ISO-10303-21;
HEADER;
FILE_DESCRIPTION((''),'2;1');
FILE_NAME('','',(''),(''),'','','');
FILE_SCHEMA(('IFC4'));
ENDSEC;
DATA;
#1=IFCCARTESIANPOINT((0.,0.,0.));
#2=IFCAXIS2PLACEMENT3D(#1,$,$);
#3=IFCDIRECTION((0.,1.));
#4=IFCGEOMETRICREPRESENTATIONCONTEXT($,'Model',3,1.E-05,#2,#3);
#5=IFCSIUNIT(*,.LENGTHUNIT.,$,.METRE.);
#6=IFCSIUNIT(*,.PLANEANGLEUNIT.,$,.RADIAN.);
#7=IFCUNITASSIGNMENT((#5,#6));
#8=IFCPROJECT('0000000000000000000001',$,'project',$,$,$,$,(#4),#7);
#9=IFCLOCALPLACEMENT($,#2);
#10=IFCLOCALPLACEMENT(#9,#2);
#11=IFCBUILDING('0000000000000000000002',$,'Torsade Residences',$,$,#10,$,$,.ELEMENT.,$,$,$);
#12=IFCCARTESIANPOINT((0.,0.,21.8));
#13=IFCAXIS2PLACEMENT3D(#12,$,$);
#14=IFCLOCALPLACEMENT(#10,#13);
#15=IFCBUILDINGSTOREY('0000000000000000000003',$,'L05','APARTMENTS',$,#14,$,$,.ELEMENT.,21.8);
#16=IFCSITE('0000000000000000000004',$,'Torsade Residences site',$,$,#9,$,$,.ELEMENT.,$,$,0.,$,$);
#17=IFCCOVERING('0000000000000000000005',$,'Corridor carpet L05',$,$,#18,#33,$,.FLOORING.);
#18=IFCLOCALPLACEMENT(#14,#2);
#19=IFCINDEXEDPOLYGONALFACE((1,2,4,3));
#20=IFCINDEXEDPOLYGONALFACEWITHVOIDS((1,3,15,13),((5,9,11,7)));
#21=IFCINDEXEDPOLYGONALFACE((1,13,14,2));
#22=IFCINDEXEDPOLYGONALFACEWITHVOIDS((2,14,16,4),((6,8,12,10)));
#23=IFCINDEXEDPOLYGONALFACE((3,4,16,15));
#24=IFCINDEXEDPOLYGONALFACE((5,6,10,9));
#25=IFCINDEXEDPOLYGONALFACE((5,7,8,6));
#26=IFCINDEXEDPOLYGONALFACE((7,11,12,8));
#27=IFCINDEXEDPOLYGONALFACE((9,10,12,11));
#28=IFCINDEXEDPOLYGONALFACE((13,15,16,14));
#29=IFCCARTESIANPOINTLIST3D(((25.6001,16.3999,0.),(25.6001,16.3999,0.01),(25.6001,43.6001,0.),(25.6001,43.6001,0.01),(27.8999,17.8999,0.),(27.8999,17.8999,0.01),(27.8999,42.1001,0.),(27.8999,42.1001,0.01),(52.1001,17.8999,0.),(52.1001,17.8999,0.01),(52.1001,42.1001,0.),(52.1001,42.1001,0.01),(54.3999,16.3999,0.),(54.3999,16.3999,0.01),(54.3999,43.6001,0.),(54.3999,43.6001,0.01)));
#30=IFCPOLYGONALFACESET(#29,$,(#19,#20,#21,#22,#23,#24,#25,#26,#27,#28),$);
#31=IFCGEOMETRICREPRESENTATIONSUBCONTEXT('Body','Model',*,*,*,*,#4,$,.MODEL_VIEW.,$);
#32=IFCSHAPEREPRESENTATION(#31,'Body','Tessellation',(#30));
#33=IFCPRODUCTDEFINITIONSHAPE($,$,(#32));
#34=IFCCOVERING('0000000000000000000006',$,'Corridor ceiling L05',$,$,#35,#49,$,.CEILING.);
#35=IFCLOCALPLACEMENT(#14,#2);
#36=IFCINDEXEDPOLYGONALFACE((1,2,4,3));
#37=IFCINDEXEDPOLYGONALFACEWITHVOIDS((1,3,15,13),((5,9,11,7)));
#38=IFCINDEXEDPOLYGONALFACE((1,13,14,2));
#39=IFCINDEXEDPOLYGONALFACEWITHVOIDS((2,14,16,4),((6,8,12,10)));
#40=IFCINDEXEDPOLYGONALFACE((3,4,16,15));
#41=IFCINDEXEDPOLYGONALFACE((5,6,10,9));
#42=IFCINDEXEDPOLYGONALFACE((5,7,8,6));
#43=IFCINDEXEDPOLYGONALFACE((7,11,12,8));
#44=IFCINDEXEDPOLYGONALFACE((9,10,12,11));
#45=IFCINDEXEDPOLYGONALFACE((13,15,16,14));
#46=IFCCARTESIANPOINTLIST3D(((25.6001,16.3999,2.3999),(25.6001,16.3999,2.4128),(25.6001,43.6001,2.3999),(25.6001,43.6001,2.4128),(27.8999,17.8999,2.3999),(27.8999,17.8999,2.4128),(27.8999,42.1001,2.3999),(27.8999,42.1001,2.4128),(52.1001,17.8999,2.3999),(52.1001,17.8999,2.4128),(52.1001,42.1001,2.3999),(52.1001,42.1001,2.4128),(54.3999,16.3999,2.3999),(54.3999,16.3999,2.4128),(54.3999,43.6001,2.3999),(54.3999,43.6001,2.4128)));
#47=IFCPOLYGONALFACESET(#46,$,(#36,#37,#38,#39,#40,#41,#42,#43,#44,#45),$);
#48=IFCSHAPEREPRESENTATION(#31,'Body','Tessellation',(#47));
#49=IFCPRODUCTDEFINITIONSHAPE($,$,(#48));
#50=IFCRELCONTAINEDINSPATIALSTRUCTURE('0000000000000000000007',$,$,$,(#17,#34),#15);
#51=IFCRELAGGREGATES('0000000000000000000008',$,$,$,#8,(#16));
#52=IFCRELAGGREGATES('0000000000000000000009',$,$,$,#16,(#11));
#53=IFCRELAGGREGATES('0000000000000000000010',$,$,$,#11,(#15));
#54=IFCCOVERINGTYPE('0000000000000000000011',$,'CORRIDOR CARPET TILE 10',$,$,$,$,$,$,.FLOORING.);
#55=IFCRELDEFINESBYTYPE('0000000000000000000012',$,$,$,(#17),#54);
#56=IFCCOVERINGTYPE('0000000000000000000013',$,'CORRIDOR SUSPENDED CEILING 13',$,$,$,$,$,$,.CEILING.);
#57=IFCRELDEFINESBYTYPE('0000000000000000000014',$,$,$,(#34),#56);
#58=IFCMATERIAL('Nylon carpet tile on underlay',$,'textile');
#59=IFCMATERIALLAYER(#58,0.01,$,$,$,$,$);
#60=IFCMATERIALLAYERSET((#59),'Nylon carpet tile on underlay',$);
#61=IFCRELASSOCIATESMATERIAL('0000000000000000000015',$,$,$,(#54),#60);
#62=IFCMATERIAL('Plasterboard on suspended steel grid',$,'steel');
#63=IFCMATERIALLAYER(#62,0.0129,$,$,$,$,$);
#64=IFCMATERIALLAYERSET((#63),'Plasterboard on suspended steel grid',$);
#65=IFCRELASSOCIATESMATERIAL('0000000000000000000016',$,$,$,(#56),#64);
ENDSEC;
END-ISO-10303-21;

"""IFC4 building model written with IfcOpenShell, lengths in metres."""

from ifc_helpers import new_model, si_unit, direction, frame, origin, place, context, subcontext, project, spatial, polyline, outline, extrude, material, layer, layer_set, type_object, element, save


model = new_model("IFC4")

# Units and contexts
model_context = context("Model", 3, precision=1e-05, world=origin(), true_north=direction((0.0, 1.0)))
body_context = subcontext(model_context, "Body", "Model", "MODEL_VIEW")
ifc_project = project(units=[si_unit("LENGTHUNIT", "METRE"), si_unit("PLANEANGLEUNIT", "RADIAN")], contexts=[model_context])

# Site, building, storey
site_placement = place(None, origin())
site = spatial("IfcSite", under=ifc_project, at=site_placement, Name="Torsade Residences site", CompositionType="ELEMENT", RefElevation=0.0)
building_placement = place(site_placement, origin())
building = spatial("IfcBuilding", under=site, at=building_placement, Name="Torsade Residences", CompositionType="ELEMENT")
storey_placement = place(building_placement, frame((0.0, 0.0, 21.8)))
storey = spatial("IfcBuildingStorey", under=building, at=storey_placement, Name="L05", Description="APARTMENTS", CompositionType="ELEMENT", Elevation=21.8)

# Coverings
ifc_material_1 = material(Name="Nylon carpet tile on underlay", Category="textile")
ifc_layer_1 = layer(ifc_material_1, 0.01)
ifc_layer_set_1 = layer_set([ifc_layer_1], Name="Nylon carpet tile on underlay")
covering_type_1 = type_object("IfcCoveringType", Name="CORRIDOR CARPET TILE 10", PredefinedType="FLOORING", material=ifc_layer_set_1)
covering_1_placement = place(storey_placement, origin())
element("IfcCovering", 1, at=covering_1_placement, inside=storey, type_object=covering_type_1, Name="Corridor carpet L05", PredefinedType="FLOORING", context=body_context, shape_type="SweptSolid", body=[
    extrude(outline(polyline([(54.3999, 16.3999), (54.3999, 43.6001), (25.6001, 43.6001), (25.6001, 16.3999), (54.3999, 16.3999)]), holes=[polyline([(52.1001, 42.1001), (27.8999, 42.1001), (27.8999, 17.8999), (52.1001, 17.8999), (52.1001, 42.1001)])]), origin(), (0.0, 0.0, 1.0), 0.01),
])
ifc_material_2 = material(Name="Plasterboard on suspended steel grid", Category="steel")
ifc_layer_2 = layer(ifc_material_2, 0.0129)
ifc_layer_set_2 = layer_set([ifc_layer_2], Name="Plasterboard on suspended steel grid")
covering_type_2 = type_object("IfcCoveringType", Name="CORRIDOR SUSPENDED CEILING 13", PredefinedType="CEILING", material=ifc_layer_set_2)
covering_2_placement = place(storey_placement, frame((0.0, 0.0, 2.3999)))
element("IfcCovering", 2, at=covering_2_placement, inside=storey, type_object=covering_type_2, Name="Corridor ceiling L05", PredefinedType="CEILING", context=body_context, shape_type="SweptSolid", body=[
    extrude(outline(polyline([(54.3999, 16.3999), (54.3999, 43.6001), (25.6001, 43.6001), (25.6001, 16.3999), (54.3999, 16.3999)]), holes=[polyline([(52.1001, 42.1001), (27.8999, 42.1001), (27.8999, 17.8999), (52.1001, 17.8999), (52.1001, 42.1001)])]), origin(), (0.0, 0.0, 1.0), 0.0129),
])

save(model, "model.ifc")
